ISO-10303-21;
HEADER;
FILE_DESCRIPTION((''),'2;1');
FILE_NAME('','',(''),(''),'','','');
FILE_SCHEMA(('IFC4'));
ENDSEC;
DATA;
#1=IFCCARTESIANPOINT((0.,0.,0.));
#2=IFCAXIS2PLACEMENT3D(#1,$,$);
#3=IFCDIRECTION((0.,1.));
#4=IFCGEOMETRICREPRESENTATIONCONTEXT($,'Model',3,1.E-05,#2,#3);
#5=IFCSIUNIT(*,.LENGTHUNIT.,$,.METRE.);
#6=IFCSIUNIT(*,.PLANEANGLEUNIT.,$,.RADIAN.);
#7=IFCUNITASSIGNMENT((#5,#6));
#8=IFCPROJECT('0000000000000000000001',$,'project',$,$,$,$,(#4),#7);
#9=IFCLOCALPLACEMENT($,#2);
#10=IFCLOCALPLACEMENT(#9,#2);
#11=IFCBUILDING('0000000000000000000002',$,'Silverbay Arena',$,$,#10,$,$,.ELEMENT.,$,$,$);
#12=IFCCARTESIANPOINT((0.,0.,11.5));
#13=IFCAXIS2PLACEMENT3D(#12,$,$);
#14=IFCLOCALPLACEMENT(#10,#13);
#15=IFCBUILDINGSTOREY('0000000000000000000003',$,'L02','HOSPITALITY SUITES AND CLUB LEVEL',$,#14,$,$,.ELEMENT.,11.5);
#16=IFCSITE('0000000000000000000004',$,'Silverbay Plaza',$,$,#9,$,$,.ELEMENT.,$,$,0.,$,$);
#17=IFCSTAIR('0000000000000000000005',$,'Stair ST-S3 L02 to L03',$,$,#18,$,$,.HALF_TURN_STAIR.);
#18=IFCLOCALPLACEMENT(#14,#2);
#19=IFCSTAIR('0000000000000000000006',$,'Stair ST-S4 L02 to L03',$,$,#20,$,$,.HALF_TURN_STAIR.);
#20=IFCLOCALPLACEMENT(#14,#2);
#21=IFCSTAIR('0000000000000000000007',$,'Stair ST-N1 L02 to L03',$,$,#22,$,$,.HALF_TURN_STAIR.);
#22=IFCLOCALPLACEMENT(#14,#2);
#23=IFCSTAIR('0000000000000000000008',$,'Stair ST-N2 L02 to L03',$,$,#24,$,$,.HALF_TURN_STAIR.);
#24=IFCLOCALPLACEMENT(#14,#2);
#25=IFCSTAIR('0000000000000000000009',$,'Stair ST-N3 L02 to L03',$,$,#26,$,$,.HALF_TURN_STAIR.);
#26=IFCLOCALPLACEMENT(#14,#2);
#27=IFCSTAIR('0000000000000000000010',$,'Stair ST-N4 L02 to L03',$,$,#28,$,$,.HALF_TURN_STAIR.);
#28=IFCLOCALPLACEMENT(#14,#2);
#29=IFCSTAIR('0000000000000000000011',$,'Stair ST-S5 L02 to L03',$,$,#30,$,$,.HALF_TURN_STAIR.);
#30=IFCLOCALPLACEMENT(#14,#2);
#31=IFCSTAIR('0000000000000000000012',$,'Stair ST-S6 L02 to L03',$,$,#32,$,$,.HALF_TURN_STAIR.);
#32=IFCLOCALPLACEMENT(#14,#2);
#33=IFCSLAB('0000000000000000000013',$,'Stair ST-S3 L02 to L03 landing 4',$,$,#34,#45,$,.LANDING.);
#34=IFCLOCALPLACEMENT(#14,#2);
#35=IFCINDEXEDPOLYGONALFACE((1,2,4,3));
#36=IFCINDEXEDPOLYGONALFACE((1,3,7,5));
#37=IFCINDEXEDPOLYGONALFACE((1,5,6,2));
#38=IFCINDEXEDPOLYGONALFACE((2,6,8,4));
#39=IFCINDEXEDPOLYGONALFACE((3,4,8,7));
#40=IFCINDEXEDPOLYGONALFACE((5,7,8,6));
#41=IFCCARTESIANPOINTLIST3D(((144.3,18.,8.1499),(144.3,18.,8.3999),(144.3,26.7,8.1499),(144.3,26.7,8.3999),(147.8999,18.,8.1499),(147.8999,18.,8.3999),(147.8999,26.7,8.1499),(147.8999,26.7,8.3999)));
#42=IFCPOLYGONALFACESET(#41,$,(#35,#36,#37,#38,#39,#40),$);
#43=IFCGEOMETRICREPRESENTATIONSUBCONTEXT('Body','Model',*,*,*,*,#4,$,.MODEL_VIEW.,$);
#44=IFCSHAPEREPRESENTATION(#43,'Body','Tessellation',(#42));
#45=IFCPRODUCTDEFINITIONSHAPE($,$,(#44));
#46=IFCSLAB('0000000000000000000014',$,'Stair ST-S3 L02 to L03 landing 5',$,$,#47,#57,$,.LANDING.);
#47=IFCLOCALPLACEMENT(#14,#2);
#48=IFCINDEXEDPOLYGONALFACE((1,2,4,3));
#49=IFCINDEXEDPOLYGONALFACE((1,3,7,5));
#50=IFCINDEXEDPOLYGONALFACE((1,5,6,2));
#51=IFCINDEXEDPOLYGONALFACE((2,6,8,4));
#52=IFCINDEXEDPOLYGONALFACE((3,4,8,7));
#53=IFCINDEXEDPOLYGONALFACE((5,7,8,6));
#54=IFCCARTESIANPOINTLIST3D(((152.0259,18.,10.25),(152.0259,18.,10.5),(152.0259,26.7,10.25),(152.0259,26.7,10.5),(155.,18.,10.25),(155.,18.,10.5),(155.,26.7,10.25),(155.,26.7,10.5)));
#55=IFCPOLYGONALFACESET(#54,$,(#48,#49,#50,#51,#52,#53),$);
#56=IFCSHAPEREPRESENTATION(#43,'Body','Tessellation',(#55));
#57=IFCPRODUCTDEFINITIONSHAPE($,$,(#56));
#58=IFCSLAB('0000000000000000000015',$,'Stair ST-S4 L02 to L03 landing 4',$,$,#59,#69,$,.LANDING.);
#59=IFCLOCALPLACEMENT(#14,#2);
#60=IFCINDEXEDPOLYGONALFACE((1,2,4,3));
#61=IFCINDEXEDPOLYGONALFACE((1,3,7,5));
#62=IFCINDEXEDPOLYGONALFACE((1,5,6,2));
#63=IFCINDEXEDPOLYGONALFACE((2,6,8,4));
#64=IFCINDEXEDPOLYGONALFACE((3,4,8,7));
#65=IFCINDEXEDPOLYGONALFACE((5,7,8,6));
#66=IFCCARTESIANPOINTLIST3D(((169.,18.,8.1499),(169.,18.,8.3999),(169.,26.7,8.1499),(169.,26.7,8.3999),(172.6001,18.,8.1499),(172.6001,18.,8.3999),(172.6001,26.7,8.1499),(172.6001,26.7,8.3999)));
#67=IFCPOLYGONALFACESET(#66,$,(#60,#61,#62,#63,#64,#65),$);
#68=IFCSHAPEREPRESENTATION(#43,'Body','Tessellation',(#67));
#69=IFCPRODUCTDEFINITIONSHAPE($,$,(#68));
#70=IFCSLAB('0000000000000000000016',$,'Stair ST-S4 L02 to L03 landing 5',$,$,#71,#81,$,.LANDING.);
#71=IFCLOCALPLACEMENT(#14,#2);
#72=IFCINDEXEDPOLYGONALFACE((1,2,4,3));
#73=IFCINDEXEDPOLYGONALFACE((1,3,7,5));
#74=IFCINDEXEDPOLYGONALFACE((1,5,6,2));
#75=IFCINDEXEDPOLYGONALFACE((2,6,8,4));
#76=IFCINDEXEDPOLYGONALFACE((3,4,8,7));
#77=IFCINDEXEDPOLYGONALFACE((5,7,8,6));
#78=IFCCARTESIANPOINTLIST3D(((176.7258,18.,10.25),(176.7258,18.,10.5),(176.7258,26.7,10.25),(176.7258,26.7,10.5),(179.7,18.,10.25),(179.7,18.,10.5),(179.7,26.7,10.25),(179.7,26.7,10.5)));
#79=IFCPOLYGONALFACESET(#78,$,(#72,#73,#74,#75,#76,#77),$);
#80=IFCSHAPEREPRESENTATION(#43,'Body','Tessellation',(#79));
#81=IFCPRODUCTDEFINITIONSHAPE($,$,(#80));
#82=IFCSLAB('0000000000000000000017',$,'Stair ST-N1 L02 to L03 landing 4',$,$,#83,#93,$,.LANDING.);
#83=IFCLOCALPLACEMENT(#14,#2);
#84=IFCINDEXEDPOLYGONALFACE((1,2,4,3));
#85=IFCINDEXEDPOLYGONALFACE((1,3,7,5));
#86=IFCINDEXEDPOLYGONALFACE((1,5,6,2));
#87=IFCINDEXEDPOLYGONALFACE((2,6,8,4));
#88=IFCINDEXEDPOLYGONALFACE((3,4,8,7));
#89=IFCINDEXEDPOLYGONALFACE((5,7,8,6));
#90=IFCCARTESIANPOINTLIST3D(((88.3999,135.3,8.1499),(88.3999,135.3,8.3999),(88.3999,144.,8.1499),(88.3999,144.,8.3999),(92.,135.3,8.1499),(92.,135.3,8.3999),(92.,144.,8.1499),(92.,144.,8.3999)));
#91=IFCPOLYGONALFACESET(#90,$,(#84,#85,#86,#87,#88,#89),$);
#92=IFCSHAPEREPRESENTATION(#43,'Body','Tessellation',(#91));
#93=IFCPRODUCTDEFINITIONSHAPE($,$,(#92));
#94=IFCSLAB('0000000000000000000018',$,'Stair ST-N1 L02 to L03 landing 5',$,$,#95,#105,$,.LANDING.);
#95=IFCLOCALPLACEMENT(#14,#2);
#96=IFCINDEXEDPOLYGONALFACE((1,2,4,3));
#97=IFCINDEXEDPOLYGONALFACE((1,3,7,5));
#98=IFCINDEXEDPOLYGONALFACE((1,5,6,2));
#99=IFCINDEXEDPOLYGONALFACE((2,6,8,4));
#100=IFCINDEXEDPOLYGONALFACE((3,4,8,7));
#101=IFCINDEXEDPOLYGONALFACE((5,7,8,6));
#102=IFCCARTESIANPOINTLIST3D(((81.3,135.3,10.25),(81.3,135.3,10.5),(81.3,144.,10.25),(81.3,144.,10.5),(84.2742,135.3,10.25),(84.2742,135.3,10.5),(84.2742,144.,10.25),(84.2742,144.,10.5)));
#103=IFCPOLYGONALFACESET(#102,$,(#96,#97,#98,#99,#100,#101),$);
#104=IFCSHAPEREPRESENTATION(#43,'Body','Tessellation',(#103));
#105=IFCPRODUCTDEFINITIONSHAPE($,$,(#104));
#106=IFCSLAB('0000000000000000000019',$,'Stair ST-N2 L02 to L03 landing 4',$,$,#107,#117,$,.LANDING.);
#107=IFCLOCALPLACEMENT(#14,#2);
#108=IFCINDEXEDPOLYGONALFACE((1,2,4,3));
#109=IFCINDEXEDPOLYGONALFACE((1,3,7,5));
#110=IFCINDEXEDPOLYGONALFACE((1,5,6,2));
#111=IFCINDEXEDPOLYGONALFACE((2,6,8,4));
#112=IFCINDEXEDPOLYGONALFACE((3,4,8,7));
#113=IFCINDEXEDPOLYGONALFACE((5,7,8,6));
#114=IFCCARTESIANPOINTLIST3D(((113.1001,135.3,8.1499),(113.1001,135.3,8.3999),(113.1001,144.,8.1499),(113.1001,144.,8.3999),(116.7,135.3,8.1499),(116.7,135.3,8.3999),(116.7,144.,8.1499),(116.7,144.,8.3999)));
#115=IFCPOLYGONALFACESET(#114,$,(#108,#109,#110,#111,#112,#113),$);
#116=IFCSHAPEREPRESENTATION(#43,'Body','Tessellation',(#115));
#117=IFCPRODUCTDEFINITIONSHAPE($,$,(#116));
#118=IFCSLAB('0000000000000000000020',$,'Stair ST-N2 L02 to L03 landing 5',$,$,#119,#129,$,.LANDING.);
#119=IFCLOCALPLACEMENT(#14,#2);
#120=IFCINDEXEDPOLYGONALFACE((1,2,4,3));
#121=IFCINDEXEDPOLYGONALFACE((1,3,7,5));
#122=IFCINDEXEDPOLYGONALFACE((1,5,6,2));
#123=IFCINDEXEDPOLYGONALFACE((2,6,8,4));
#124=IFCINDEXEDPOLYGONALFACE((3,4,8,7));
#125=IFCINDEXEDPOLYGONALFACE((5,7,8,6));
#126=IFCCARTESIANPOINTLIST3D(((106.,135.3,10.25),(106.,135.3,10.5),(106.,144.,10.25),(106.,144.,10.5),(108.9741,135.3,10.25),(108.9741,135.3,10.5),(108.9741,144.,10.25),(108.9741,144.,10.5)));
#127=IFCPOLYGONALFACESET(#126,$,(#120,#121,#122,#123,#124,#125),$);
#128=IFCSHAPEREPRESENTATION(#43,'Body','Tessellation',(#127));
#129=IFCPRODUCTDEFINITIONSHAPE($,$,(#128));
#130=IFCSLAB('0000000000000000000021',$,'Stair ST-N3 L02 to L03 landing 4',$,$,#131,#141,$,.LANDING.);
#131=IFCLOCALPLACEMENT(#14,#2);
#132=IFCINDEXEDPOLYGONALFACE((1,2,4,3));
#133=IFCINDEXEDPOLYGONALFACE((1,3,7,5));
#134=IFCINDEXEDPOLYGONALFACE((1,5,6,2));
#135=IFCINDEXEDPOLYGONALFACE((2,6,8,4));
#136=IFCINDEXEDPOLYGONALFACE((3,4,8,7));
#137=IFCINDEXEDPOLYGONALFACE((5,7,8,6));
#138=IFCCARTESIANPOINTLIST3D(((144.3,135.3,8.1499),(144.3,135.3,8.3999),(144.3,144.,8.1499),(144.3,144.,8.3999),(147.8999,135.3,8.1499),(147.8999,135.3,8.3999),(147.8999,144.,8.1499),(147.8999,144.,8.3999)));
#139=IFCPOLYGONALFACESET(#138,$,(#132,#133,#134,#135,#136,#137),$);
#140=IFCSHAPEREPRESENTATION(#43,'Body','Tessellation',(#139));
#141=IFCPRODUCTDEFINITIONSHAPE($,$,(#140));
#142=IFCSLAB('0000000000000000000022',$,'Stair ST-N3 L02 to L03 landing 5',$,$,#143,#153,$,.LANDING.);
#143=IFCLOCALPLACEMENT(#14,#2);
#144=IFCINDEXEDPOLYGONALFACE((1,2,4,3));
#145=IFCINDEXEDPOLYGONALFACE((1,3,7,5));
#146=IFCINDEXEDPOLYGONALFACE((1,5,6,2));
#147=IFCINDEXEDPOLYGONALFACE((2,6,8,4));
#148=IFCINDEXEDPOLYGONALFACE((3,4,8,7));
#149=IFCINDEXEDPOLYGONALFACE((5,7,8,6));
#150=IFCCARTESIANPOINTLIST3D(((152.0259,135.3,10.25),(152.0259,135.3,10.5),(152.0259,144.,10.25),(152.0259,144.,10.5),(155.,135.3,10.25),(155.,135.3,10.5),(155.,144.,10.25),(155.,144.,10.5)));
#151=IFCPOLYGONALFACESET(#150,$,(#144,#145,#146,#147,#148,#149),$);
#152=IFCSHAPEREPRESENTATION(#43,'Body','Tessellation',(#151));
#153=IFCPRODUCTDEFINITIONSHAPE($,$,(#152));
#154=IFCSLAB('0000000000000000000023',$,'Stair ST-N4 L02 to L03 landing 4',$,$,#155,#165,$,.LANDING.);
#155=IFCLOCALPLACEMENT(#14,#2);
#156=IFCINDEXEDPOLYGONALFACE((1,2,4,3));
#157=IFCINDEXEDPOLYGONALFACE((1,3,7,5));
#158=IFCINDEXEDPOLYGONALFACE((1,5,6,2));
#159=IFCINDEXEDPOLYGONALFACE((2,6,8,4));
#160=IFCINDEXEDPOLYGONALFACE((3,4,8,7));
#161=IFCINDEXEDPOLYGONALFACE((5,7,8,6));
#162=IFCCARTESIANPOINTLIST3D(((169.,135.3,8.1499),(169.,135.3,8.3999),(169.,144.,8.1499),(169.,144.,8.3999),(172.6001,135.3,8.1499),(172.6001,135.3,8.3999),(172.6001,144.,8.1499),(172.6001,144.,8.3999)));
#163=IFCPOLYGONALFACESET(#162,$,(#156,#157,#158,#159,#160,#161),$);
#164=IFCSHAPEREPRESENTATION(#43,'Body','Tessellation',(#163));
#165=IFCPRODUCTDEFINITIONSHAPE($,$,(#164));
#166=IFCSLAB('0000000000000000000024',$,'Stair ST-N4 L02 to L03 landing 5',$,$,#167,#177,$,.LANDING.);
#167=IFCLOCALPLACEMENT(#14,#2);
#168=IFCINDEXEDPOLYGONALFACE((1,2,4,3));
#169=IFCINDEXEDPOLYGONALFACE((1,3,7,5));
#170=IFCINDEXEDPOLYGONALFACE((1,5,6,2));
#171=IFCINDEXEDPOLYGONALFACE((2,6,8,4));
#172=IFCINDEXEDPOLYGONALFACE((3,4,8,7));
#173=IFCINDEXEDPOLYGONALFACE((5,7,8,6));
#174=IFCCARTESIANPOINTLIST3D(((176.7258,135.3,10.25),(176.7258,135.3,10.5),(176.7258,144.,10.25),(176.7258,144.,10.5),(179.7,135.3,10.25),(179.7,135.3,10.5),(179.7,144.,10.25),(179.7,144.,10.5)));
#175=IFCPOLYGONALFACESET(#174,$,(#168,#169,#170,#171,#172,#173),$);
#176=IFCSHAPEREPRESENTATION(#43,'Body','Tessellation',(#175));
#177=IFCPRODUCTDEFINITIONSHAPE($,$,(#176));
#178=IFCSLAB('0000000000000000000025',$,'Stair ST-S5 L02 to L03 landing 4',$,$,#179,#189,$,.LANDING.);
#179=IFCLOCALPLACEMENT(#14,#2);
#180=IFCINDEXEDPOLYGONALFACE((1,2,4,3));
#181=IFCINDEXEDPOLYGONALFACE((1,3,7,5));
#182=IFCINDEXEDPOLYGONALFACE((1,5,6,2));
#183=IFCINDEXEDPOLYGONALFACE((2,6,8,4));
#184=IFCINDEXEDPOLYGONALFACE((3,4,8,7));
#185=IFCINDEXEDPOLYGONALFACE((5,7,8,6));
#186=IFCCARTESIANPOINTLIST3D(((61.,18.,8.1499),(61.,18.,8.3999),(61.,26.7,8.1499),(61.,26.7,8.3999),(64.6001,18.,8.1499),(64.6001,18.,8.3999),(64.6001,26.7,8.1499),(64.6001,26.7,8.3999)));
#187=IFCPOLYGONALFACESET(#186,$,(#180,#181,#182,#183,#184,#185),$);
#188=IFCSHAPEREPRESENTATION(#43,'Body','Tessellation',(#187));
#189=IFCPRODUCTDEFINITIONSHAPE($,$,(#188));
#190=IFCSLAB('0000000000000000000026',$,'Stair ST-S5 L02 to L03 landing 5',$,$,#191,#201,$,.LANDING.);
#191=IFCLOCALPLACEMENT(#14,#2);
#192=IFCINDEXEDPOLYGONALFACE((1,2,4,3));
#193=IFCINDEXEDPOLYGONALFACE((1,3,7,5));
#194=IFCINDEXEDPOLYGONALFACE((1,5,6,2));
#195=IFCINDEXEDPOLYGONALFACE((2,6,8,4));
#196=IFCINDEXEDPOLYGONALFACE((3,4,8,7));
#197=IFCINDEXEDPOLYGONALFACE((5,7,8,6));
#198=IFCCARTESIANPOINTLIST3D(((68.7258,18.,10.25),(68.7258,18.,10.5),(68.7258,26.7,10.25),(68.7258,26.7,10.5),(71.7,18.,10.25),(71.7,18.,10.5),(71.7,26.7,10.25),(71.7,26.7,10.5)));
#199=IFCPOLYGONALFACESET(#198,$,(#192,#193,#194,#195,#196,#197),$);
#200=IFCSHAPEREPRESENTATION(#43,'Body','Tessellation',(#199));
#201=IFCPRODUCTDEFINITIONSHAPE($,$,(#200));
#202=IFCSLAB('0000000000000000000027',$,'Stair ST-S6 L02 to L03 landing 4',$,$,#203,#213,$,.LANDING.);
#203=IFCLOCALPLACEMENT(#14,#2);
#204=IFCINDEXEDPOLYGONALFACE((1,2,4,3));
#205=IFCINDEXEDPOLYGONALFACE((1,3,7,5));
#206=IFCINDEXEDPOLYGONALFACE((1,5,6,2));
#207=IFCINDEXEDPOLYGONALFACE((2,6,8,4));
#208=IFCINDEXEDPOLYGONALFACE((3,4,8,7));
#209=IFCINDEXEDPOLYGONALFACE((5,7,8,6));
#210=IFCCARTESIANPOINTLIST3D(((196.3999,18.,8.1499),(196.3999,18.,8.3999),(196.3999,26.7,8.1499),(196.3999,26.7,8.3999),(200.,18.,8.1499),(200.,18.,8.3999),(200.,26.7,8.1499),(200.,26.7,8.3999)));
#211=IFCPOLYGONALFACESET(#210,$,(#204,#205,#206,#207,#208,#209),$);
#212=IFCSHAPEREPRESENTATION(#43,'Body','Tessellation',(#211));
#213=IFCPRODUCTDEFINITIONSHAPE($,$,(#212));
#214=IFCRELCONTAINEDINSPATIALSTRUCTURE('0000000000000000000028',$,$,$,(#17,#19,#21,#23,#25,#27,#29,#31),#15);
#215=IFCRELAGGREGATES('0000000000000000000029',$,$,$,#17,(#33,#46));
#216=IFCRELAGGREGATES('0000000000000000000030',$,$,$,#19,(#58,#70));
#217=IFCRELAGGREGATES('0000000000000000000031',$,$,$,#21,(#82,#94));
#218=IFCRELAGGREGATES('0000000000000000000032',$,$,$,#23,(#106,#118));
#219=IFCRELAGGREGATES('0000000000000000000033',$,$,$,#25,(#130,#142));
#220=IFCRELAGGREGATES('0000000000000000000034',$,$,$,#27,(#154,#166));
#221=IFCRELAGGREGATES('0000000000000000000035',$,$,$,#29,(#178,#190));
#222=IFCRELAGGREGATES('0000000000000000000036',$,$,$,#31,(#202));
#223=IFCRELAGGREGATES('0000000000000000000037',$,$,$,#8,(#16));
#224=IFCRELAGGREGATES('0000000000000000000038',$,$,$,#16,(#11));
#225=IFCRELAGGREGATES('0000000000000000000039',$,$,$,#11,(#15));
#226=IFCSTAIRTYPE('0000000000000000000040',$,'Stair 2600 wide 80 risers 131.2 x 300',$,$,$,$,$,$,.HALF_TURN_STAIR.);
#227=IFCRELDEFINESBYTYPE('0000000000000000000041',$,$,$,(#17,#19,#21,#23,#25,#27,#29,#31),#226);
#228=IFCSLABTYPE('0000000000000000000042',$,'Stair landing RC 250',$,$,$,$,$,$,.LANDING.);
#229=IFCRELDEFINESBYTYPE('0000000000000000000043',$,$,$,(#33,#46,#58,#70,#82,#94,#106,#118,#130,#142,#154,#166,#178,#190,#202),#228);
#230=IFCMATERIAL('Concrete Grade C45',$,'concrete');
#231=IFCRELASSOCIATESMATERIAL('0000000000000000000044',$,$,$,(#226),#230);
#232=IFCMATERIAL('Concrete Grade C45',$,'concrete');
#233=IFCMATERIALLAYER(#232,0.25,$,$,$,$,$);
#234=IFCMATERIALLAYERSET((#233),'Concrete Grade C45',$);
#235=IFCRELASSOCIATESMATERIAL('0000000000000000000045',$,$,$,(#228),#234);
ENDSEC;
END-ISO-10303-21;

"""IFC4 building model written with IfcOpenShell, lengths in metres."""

from ifc_helpers import new_model, si_unit, direction, frame, origin, place, context, subcontext, project, spatial, polyline, outline, extrude, material, layer, layer_set, type_object, element, aggregate, save


model = new_model("IFC4")

# Units and contexts
model_context = context("Model", 3, precision=1e-05, world=origin(), true_north=direction((0.0, 1.0)))
body_context = subcontext(model_context, "Body", "Model", "MODEL_VIEW")
ifc_project = project(units=[si_unit("LENGTHUNIT", "METRE"), si_unit("PLANEANGLEUNIT", "RADIAN")], contexts=[model_context])

# Site, building, storey
site_placement = place(None, origin())
site = spatial("IfcSite", under=ifc_project, at=site_placement, Name="Silverbay Plaza", CompositionType="ELEMENT", RefElevation=0.0)
building_placement = place(site_placement, origin())
building = spatial("IfcBuilding", under=site, at=building_placement, Name="Silverbay Arena", CompositionType="ELEMENT")
storey_placement = place(building_placement, frame((0.0, 0.0, 11.5)))
storey = spatial("IfcBuildingStorey", under=building, at=storey_placement, Name="L02", Description="HOSPITALITY SUITES AND CLUB LEVEL", CompositionType="ELEMENT", Elevation=11.5)

# Stairs
ifc_material_1 = material(Name="Concrete Grade C45", Category="concrete")
stair_type = type_object("IfcStairType", Name="Stair 2600 wide 80 risers 131.2 x 300", PredefinedType="HALF_TURN_STAIR", material=ifc_material_1)
stair_1_placement = place(storey_placement, origin())
stair_1 = element("IfcStair", 1, at=stair_1_placement, inside=storey, type_object=stair_type, Name="Stair ST-S3 L02 to L03", PredefinedType="HALF_TURN_STAIR")
stair_2_placement = place(storey_placement, origin())
stair_2 = element("IfcStair", 2, at=stair_2_placement, inside=storey, type_object=stair_type, Name="Stair ST-S4 L02 to L03", PredefinedType="HALF_TURN_STAIR")
stair_3_placement = place(storey_placement, origin())
stair_3 = element("IfcStair", 3, at=stair_3_placement, inside=storey, type_object=stair_type, Name="Stair ST-N1 L02 to L03", PredefinedType="HALF_TURN_STAIR")
stair_4_placement = place(storey_placement, origin())
stair_4 = element("IfcStair", 4, at=stair_4_placement, inside=storey, type_object=stair_type, Name="Stair ST-N2 L02 to L03", PredefinedType="HALF_TURN_STAIR")
stair_5_placement = place(storey_placement, origin())
stair_5 = element("IfcStair", 5, at=stair_5_placement, inside=storey, type_object=stair_type, Name="Stair ST-N3 L02 to L03", PredefinedType="HALF_TURN_STAIR")
stair_6_placement = place(storey_placement, origin())
stair_6 = element("IfcStair", 6, at=stair_6_placement, inside=storey, type_object=stair_type, Name="Stair ST-N4 L02 to L03", PredefinedType="HALF_TURN_STAIR")
stair_7_placement = place(storey_placement, origin())
stair_7 = element("IfcStair", 7, at=stair_7_placement, inside=storey, type_object=stair_type, Name="Stair ST-S5 L02 to L03", PredefinedType="HALF_TURN_STAIR")
stair_8_placement = place(storey_placement, origin())
stair_8 = element("IfcStair", 8, at=stair_8_placement, inside=storey, type_object=stair_type, Name="Stair ST-S6 L02 to L03", PredefinedType="HALF_TURN_STAIR")

# Slabs
ifc_material_2 = material(Name="Concrete Grade C45", Category="concrete")
ifc_layer_1 = layer(ifc_material_2, 0.25)
ifc_layer_set_1 = layer_set([ifc_layer_1], Name="Concrete Grade C45")
slab_type_1 = type_object("IfcSlabType", Name="Stair landing RC 250", PredefinedType="LANDING", material=ifc_layer_set_1)
slab_1_placement = place(storey_placement, frame((0.0, 0.0, 8.1499)))
slab_1 = element("IfcSlab", 9, at=slab_1_placement, type_object=slab_type_1, Name="Stair ST-S3 L02 to L03 landing 4", PredefinedType="LANDING", context=body_context, shape_type="SweptSolid", body=[
    extrude(outline(polyline([(144.3, 26.7), (147.8999, 26.7), (147.8999, 18.0), (144.3, 18.0), (144.3, 26.7)])), origin(), (0.0, 0.0, 1.0), 0.25),
])
slab_2_placement = place(storey_placement, frame((0.0, 0.0, 10.25)))
slab_2 = element("IfcSlab", 10, at=slab_2_placement, type_object=slab_type_1, Name="Stair ST-S3 L02 to L03 landing 5", PredefinedType="LANDING", context=body_context, shape_type="SweptSolid", body=[
    extrude(outline(polyline([(152.0259, 26.7), (155.0, 26.7), (155.0, 18.0), (152.0259, 18.0), (152.0259, 26.7)])), origin(), (0.0, 0.0, 1.0), 0.25),
])
aggregate(stair_1, [slab_1, slab_2])
slab_3_placement = place(storey_placement, frame((0.0, 0.0, 8.1499)))
slab_3 = element("IfcSlab", 11, at=slab_3_placement, type_object=slab_type_1, Name="Stair ST-S4 L02 to L03 landing 4", PredefinedType="LANDING", context=body_context, shape_type="SweptSolid", body=[
    extrude(outline(polyline([(169.0, 26.7), (172.6001, 26.7), (172.6001, 18.0), (169.0, 18.0), (169.0, 26.7)])), origin(), (0.0, 0.0, 1.0), 0.25),
])
slab_4_placement = place(storey_placement, frame((0.0, 0.0, 10.25)))
slab_4 = element("IfcSlab", 12, at=slab_4_placement, type_object=slab_type_1, Name="Stair ST-S4 L02 to L03 landing 5", PredefinedType="LANDING", context=body_context, shape_type="SweptSolid", body=[
    extrude(outline(polyline([(176.7258, 26.7), (179.7, 26.7), (179.7, 18.0), (176.7258, 18.0), (176.7258, 26.7)])), origin(), (0.0, 0.0, 1.0), 0.25),
])
aggregate(stair_2, [slab_3, slab_4])
slab_5_placement = place(storey_placement, frame((0.0, 0.0, 8.1499)))
slab_5 = element("IfcSlab", 13, at=slab_5_placement, type_object=slab_type_1, Name="Stair ST-N1 L02 to L03 landing 4", PredefinedType="LANDING", context=body_context, shape_type="SweptSolid", body=[
    extrude(outline(polyline([(92.0, 135.3), (88.3999, 135.3), (88.3999, 144.0), (92.0, 144.0), (92.0, 135.3)])), origin(), (0.0, 0.0, 1.0), 0.25),
])
slab_6_placement = place(storey_placement, frame((0.0, 0.0, 10.25)))
slab_6 = element("IfcSlab", 14, at=slab_6_placement, type_object=slab_type_1, Name="Stair ST-N1 L02 to L03 landing 5", PredefinedType="LANDING", context=body_context, shape_type="SweptSolid", body=[
    extrude(outline(polyline([(84.2742, 135.3), (81.3, 135.3), (81.3, 144.0), (84.2742, 144.0), (84.2742, 135.3)])), origin(), (0.0, 0.0, 1.0), 0.25),
])
aggregate(stair_3, [slab_5, slab_6])
slab_7_placement = place(storey_placement, frame((0.0, 0.0, 8.1499)))
slab_7 = element("IfcSlab", 15, at=slab_7_placement, type_object=slab_type_1, Name="Stair ST-N2 L02 to L03 landing 4", PredefinedType="LANDING", context=body_context, shape_type="SweptSolid", body=[
    extrude(outline(polyline([(116.7, 135.3), (113.1001, 135.3), (113.1001, 144.0), (116.7, 144.0), (116.7, 135.3)])), origin(), (0.0, 0.0, 1.0), 0.25),
])
slab_8_placement = place(storey_placement, frame((0.0, 0.0, 10.25)))
slab_8 = element("IfcSlab", 16, at=slab_8_placement, type_object=slab_type_1, Name="Stair ST-N2 L02 to L03 landing 5", PredefinedType="LANDING", context=body_context, shape_type="SweptSolid", body=[
    extrude(outline(polyline([(108.9741, 135.3), (106.0, 135.3), (106.0, 144.0), (108.9741, 144.0), (108.9741, 135.3)])), origin(), (0.0, 0.0, 1.0), 0.25),
])
aggregate(stair_4, [slab_7, slab_8])
slab_9_placement = place(storey_placement, frame((0.0, 0.0, 8.1499)))
slab_9 = element("IfcSlab", 17, at=slab_9_placement, type_object=slab_type_1, Name="Stair ST-N3 L02 to L03 landing 4", PredefinedType="LANDING", context=body_context, shape_type="SweptSolid", body=[
    extrude(outline(polyline([(144.3, 135.3), (147.8999, 135.3), (147.8999, 144.0), (144.3, 144.0), (144.3, 135.3)])), origin(), (0.0, 0.0, 1.0), 0.25),
])
slab_10_placement = place(storey_placement, frame((0.0, 0.0, 10.25)))
slab_10 = element("IfcSlab", 18, at=slab_10_placement, type_object=slab_type_1, Name="Stair ST-N3 L02 to L03 landing 5", PredefinedType="LANDING", context=body_context, shape_type="SweptSolid", body=[
    extrude(outline(polyline([(152.0259, 135.3), (155.0, 135.3), (155.0, 144.0), (152.0259, 144.0), (152.0259, 135.3)])), origin(), (0.0, 0.0, 1.0), 0.25),
])
aggregate(stair_5, [slab_9, slab_10])
slab_11_placement = place(storey_placement, frame((0.0, 0.0, 8.1499)))
slab_11 = element("IfcSlab", 19, at=slab_11_placement, type_object=slab_type_1, Name="Stair ST-N4 L02 to L03 landing 4", PredefinedType="LANDING", context=body_context, shape_type="SweptSolid", body=[
    extrude(outline(polyline([(169.0, 135.3), (172.6001, 135.3), (172.6001, 144.0), (169.0, 144.0), (169.0, 135.3)])), origin(), (0.0, 0.0, 1.0), 0.25),
])
slab_12_placement = place(storey_placement, frame((0.0, 0.0, 10.25)))
slab_12 = element("IfcSlab", 20, at=slab_12_placement, type_object=slab_type_1, Name="Stair ST-N4 L02 to L03 landing 5", PredefinedType="LANDING", context=body_context, shape_type="SweptSolid", body=[
    extrude(outline(polyline([(176.7258, 135.3), (179.7, 135.3), (179.7, 144.0), (176.7258, 144.0), (176.7258, 135.3)])), origin(), (0.0, 0.0, 1.0), 0.25),
])
aggregate(stair_6, [slab_11, slab_12])
slab_13_placement = place(storey_placement, frame((0.0, 0.0, 8.1499)))
slab_13 = element("IfcSlab", 21, at=slab_13_placement, type_object=slab_type_1, Name="Stair ST-S5 L02 to L03 landing 4", PredefinedType="LANDING", context=body_context, shape_type="SweptSolid", body=[
    extrude(outline(polyline([(61.0, 26.7), (64.6001, 26.7), (64.6001, 18.0), (61.0, 18.0), (61.0, 26.7)])), origin(), (0.0, 0.0, 1.0), 0.25),
])
slab_14_placement = place(storey_placement, frame((0.0, 0.0, 10.25)))
slab_14 = element("IfcSlab", 22, at=slab_14_placement, type_object=slab_type_1, Name="Stair ST-S5 L02 to L03 landing 5", PredefinedType="LANDING", context=body_context, shape_type="SweptSolid", body=[
    extrude(outline(polyline([(68.7258, 26.7), (71.7, 26.7), (71.7, 18.0), (68.7258, 18.0), (68.7258, 26.7)])), origin(), (0.0, 0.0, 1.0), 0.25),
])
aggregate(stair_7, [slab_13, slab_14])
slab_15_placement = place(storey_placement, frame((0.0, 0.0, 8.1499)))
slab_15 = element("IfcSlab", 23, at=slab_15_placement, type_object=slab_type_1, Name="Stair ST-S6 L02 to L03 landing 4", PredefinedType="LANDING", context=body_context, shape_type="SweptSolid", body=[
    extrude(outline(polyline([(200.0, 26.7), (196.3999, 26.7), (196.3999, 18.0), (200.0, 18.0), (200.0, 26.7)])), origin(), (0.0, 0.0, 1.0), 0.25),
])
aggregate(stair_8, [slab_15])

save(model, "model.ifc")
